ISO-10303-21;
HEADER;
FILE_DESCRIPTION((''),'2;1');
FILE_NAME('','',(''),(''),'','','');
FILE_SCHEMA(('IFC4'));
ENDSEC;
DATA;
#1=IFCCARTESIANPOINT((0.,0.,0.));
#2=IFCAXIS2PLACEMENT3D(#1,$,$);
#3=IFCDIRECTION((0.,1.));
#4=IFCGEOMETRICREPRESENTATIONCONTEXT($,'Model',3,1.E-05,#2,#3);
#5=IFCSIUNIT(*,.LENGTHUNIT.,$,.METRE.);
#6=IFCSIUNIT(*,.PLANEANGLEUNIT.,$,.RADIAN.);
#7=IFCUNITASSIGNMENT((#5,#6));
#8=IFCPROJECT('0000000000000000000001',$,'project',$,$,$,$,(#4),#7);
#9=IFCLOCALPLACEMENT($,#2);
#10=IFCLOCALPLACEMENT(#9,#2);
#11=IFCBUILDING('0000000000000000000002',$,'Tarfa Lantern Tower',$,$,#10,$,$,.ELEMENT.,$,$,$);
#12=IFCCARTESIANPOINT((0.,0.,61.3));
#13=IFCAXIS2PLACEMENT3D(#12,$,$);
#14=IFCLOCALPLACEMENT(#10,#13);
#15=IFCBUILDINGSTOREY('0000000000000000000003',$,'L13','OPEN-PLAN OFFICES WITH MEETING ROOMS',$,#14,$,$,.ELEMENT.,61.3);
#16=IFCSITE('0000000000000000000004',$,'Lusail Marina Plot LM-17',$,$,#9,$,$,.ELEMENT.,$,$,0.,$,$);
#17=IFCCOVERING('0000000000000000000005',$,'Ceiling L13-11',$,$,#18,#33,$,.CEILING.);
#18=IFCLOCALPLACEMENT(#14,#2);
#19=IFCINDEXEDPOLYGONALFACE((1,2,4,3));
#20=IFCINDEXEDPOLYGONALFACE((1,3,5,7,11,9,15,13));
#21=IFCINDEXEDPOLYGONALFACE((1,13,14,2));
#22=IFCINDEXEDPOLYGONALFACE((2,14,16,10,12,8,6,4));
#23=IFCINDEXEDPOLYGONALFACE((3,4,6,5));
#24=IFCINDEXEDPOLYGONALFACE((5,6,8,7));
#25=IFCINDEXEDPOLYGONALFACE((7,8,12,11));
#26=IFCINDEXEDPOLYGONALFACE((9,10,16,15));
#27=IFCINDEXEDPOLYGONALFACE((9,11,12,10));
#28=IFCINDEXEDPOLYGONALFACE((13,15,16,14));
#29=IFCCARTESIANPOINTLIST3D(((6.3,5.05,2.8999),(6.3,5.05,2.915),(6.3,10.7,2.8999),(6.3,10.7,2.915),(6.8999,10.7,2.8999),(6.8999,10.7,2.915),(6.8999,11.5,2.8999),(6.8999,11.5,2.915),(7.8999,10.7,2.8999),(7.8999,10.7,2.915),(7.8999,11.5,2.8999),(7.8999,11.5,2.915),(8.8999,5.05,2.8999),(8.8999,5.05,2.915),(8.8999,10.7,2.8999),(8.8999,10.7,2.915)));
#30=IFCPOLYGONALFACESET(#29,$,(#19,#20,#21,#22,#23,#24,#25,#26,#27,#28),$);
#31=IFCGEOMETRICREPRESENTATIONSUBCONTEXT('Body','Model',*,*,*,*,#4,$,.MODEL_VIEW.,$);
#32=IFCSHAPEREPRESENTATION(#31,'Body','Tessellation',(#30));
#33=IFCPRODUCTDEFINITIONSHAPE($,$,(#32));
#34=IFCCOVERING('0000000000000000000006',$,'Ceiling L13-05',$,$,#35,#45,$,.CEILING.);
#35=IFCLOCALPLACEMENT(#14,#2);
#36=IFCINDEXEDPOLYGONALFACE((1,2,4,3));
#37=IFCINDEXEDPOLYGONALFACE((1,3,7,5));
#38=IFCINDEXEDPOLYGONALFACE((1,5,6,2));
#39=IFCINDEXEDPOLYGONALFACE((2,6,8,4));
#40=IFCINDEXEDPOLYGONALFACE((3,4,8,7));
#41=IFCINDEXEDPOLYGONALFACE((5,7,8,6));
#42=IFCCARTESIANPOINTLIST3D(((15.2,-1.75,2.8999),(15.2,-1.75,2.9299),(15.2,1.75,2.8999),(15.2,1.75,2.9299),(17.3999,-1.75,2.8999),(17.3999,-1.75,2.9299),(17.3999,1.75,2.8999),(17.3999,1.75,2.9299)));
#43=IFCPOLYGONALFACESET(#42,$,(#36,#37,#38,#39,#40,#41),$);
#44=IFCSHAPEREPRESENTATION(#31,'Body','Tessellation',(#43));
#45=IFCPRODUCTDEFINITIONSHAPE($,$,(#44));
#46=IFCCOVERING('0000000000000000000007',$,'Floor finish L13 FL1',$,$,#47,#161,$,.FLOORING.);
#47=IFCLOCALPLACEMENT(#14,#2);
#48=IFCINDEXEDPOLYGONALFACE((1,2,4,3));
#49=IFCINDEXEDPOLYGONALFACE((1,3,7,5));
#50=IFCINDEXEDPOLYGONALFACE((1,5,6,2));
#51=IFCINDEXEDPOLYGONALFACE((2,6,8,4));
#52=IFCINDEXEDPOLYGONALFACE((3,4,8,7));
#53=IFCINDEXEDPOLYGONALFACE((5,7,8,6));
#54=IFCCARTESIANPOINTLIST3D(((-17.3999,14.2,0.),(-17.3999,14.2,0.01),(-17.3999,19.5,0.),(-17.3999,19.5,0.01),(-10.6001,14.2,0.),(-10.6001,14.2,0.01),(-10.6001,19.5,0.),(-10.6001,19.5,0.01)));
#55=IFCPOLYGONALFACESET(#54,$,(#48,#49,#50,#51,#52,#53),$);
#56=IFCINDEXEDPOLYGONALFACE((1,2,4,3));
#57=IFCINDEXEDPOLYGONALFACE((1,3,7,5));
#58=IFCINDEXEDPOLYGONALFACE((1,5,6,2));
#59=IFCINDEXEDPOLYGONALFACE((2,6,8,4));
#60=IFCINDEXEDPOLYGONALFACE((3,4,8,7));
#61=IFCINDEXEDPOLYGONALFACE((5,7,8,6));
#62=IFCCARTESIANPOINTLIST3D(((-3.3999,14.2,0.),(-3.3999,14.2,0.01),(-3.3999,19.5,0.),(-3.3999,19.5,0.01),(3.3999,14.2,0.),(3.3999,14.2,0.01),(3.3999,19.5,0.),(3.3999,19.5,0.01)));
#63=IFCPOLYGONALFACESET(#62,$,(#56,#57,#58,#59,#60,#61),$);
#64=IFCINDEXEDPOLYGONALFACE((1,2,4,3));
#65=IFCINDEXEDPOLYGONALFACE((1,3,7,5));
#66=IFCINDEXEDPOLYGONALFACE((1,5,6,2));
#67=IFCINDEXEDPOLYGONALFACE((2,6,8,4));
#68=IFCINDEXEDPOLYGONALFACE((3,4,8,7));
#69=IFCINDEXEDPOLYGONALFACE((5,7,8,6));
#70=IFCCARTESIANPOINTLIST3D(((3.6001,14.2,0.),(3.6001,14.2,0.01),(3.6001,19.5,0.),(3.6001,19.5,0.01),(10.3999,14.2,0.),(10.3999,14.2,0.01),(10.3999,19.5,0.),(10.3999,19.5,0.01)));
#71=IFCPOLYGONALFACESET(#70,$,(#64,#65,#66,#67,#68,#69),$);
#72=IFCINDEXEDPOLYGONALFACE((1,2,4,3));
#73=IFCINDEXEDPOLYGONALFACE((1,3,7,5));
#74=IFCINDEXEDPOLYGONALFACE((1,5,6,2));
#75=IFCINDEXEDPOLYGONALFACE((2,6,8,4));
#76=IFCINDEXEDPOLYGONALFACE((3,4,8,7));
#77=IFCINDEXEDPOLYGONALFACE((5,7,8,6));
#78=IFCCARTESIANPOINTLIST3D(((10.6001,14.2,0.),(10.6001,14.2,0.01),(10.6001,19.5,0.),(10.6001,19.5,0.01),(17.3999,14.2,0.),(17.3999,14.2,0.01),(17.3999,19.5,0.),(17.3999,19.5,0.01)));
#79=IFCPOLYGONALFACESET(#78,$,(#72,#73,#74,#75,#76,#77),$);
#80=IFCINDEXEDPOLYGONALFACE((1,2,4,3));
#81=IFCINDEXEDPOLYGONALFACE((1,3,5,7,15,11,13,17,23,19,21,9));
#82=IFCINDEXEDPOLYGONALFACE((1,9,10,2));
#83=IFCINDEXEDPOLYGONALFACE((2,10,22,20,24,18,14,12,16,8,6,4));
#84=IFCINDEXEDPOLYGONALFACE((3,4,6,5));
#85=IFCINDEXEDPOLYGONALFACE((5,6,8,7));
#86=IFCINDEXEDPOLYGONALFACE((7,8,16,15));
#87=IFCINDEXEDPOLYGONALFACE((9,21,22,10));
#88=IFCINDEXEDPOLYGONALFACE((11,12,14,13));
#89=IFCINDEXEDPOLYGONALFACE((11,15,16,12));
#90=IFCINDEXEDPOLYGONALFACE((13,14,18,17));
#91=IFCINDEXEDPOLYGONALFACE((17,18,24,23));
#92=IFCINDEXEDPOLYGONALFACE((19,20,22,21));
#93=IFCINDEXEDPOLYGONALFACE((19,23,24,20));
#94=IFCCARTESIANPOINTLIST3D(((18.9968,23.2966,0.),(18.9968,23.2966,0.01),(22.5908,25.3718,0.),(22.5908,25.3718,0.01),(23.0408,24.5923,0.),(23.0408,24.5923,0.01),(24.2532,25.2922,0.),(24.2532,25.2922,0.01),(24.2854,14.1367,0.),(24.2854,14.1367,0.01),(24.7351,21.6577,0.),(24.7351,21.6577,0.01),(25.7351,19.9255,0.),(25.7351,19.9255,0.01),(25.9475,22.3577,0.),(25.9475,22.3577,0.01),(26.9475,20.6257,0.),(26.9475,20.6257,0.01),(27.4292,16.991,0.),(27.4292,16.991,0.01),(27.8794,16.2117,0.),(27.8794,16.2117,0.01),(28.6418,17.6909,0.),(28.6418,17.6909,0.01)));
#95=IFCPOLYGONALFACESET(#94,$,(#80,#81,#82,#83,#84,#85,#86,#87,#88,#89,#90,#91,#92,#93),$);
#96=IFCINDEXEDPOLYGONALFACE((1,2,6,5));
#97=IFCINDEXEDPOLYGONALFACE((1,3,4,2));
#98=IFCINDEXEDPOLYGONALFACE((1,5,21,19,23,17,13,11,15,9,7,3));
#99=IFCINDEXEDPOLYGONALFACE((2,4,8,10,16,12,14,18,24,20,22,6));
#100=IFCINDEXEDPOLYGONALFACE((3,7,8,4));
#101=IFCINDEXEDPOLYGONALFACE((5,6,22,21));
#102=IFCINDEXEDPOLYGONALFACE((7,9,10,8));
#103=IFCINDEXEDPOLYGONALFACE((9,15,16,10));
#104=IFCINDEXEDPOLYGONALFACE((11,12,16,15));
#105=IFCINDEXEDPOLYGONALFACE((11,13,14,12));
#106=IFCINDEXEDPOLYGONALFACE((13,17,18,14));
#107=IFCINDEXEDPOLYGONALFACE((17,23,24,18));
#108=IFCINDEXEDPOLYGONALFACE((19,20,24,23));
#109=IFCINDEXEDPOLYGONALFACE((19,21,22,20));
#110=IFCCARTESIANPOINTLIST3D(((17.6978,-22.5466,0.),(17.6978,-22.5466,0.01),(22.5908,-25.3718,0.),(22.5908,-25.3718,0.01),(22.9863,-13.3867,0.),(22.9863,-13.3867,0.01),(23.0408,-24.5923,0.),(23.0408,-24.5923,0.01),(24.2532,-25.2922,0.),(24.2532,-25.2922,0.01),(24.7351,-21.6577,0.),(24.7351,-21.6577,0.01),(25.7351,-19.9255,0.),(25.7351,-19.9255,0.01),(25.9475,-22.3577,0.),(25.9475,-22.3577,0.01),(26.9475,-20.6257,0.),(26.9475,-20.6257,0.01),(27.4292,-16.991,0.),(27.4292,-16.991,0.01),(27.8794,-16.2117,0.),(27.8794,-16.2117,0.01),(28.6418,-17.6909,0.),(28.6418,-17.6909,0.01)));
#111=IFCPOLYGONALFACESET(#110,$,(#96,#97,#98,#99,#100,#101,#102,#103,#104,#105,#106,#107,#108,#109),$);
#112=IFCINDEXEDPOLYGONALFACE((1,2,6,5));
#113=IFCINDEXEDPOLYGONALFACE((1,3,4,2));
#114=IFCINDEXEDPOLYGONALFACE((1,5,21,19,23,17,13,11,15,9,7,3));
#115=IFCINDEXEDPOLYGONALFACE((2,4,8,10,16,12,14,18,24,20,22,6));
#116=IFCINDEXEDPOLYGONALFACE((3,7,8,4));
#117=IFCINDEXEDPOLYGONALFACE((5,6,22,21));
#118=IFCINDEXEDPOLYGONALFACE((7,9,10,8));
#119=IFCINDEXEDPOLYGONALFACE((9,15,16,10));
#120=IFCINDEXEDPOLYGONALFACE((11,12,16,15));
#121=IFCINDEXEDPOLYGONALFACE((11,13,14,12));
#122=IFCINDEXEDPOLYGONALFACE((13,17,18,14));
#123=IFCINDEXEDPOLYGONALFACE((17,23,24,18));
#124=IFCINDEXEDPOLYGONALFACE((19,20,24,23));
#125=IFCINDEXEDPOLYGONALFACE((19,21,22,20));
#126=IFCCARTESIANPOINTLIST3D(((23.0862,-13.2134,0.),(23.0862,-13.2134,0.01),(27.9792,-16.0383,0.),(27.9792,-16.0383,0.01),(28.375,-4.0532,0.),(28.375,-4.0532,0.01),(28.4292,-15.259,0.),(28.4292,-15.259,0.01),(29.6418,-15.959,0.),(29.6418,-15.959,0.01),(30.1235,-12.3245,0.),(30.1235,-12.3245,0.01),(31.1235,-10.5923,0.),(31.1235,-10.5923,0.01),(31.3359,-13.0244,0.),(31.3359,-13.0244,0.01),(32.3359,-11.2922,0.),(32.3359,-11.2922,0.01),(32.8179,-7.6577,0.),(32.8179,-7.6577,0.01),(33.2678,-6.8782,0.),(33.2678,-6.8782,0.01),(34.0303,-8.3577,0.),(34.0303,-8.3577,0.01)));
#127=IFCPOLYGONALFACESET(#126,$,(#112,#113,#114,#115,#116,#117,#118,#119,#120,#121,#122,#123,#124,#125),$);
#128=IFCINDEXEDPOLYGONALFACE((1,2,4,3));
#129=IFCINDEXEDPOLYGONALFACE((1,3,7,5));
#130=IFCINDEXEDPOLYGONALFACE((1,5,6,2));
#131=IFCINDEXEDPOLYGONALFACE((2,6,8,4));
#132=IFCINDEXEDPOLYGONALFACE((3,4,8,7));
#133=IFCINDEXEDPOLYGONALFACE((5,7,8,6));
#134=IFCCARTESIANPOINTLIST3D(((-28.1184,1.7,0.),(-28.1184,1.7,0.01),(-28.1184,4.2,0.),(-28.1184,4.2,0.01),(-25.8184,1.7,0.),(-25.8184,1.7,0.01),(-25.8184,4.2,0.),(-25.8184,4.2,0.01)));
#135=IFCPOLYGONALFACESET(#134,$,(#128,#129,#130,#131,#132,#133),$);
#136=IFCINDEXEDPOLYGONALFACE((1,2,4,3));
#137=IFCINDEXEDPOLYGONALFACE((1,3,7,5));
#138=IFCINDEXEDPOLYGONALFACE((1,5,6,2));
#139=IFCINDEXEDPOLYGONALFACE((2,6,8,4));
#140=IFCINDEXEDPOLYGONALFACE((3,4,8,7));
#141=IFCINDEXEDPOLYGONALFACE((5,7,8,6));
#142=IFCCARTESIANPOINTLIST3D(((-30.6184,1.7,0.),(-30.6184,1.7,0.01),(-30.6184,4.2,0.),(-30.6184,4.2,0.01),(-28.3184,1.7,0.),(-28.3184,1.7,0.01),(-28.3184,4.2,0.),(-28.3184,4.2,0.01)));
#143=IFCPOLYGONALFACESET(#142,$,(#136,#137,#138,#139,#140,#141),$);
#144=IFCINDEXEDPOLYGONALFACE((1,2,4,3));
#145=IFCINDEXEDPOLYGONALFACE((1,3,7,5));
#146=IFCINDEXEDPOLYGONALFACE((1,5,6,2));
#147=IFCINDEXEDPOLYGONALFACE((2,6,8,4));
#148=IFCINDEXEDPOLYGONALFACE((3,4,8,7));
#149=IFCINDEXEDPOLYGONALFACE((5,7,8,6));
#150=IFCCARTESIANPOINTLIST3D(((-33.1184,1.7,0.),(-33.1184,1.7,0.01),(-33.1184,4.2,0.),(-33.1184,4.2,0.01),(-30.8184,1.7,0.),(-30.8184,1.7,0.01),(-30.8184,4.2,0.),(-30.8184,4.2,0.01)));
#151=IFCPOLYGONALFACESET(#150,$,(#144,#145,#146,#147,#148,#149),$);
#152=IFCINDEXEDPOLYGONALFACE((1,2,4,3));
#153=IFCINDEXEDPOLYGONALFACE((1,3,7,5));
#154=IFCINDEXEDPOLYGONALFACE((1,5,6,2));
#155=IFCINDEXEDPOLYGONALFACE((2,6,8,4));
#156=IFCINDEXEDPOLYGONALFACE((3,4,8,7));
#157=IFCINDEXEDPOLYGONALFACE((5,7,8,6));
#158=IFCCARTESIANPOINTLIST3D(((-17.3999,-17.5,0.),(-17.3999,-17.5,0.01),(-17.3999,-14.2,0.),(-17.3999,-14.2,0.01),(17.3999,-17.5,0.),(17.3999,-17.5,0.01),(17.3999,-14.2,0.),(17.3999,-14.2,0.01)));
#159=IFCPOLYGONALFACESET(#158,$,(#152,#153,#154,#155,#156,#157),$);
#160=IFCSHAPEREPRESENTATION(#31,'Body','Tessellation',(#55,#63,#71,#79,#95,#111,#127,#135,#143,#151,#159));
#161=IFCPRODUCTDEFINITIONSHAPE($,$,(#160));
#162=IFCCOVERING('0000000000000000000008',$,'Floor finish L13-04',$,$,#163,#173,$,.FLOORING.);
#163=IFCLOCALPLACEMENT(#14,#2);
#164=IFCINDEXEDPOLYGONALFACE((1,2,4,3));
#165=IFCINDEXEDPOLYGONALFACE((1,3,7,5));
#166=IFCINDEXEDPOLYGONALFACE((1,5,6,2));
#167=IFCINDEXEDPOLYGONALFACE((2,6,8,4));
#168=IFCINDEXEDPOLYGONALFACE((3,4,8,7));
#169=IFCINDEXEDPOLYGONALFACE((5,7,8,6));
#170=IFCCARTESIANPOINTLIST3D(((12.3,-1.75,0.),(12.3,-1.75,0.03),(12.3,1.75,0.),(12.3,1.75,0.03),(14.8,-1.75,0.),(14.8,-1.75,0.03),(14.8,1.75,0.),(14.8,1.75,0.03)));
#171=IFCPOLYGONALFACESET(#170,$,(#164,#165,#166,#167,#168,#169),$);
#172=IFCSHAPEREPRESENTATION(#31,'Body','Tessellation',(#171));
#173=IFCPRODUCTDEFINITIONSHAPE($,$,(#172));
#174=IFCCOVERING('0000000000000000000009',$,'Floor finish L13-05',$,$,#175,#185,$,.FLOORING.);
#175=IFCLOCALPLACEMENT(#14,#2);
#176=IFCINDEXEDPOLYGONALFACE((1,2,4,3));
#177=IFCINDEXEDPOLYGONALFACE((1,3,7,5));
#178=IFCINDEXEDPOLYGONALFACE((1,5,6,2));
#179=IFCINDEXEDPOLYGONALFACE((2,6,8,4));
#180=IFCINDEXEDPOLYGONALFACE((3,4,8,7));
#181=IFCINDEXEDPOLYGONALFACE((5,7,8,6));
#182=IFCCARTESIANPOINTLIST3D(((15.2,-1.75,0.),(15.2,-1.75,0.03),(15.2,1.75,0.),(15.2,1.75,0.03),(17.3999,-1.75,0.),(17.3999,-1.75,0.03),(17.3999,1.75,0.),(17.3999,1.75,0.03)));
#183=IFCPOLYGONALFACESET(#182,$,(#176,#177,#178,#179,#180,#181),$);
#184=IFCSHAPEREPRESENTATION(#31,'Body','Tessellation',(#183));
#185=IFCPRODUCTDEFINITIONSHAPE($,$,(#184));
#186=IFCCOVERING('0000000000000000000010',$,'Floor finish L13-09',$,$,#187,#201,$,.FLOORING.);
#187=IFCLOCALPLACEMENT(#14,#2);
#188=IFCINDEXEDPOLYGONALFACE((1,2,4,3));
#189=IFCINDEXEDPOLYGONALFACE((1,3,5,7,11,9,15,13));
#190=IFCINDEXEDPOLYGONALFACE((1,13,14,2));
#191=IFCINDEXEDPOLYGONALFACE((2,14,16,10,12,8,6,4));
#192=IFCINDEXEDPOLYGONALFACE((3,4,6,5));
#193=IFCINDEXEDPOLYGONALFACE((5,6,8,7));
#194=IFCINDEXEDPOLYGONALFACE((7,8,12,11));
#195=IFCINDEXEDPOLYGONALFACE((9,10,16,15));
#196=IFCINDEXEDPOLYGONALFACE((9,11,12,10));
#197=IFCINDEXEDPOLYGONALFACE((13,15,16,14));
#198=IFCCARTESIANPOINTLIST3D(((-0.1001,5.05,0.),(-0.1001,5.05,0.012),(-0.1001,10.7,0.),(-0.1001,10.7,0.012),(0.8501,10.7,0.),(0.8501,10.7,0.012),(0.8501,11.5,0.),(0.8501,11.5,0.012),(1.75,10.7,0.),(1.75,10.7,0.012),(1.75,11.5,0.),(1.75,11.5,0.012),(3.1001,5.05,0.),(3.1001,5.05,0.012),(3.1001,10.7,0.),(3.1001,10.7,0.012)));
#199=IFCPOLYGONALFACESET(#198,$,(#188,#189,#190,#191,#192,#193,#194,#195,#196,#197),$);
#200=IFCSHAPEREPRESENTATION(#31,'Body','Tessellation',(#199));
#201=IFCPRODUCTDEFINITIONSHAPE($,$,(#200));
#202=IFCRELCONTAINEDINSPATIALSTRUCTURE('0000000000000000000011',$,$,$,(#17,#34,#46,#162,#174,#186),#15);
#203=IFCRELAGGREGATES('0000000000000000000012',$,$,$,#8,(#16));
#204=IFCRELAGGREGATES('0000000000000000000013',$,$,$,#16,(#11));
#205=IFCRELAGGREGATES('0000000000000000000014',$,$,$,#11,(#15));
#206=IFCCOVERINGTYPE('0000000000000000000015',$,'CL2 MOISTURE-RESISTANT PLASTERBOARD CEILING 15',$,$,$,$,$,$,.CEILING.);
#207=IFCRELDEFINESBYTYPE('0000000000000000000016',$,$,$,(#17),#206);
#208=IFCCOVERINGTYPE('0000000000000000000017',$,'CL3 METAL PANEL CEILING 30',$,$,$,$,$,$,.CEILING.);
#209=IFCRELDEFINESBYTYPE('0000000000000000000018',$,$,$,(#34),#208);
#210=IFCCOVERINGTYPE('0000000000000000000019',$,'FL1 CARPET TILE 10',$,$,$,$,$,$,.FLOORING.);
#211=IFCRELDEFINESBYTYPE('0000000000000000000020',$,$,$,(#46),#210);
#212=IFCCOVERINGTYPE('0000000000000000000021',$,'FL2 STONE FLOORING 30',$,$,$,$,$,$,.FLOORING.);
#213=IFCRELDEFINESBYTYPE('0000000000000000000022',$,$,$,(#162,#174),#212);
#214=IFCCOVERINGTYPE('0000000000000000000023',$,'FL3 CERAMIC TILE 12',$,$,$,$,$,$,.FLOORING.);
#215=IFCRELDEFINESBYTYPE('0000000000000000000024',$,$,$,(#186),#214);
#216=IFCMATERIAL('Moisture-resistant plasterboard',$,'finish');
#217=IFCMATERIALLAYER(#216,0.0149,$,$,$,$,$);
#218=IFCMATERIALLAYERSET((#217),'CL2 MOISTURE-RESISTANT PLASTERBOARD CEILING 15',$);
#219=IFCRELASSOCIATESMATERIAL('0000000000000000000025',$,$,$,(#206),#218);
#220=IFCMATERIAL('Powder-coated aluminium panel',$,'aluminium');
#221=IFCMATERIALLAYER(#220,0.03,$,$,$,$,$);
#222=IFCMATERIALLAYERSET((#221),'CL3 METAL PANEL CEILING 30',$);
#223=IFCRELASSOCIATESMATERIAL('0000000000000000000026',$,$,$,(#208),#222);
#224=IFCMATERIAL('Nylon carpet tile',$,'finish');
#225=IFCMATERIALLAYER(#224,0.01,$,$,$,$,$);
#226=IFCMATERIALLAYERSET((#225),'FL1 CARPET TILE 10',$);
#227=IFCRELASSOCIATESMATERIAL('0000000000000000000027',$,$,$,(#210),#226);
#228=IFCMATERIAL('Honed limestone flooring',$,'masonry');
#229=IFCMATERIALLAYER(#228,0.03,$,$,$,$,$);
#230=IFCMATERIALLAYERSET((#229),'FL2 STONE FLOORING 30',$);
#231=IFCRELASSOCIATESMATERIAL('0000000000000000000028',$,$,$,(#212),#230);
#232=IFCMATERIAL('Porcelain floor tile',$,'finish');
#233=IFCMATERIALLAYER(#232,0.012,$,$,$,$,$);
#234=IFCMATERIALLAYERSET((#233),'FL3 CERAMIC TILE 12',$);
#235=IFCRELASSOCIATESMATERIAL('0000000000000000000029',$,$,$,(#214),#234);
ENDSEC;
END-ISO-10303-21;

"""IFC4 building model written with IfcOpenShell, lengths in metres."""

from ifc_helpers import new_model, si_unit, direction, frame, origin, place, context, subcontext, project, spatial, polyline, outline, extrude, material, layer, layer_set, type_object, element, save


model = new_model("IFC4")

# Units and contexts
model_context = context("Model", 3, precision=1e-05, world=origin(), true_north=direction((0.0, 1.0)))
body_context = subcontext(model_context, "Body", "Model", "MODEL_VIEW")
ifc_project = project(units=[si_unit("LENGTHUNIT", "METRE"), si_unit("PLANEANGLEUNIT", "RADIAN")], contexts=[model_context])

# Site, building, storey
site_placement = place(None, origin())
site = spatial("IfcSite", under=ifc_project, at=site_placement, Name="Lusail Marina Plot LM-17", CompositionType="ELEMENT", RefElevation=0.0)
building_placement = place(site_placement, origin())
building = spatial("IfcBuilding", under=site, at=building_placement, Name="Tarfa Lantern Tower", CompositionType="ELEMENT")
storey_placement = place(building_placement, frame((0.0, 0.0, 61.3)))
storey = spatial("IfcBuildingStorey", under=building, at=storey_placement, Name="L13", Description="OPEN-PLAN OFFICES WITH MEETING ROOMS", CompositionType="ELEMENT", Elevation=61.3)

# Coverings
ifc_material_1 = material(Name="Moisture-resistant plasterboard", Category="finish")
ifc_layer_1 = layer(ifc_material_1, 0.0149)
ifc_layer_set_1 = layer_set([ifc_layer_1], Name="CL2 MOISTURE-RESISTANT PLASTERBOARD CEILING 15")
covering_type_1 = type_object("IfcCoveringType", Name="CL2 MOISTURE-RESISTANT PLASTERBOARD CEILING 15", PredefinedType="CEILING", material=ifc_layer_set_1)
covering_1_placement = place(storey_placement, frame((0.0, 0.0, 2.8999)))
element("IfcCovering", 1, at=covering_1_placement, inside=storey, type_object=covering_type_1, Name="Ceiling L13-11", PredefinedType="CEILING", context=body_context, shape_type="SweptSolid", body=[
    extrude(outline(polyline([(6.3, 5.05), (8.8999, 5.05), (8.8999, 10.7), (7.8999, 10.7), (7.8999, 11.5), (6.8999, 11.5), (6.8999, 10.7), (6.3, 10.7), (6.3, 5.05)])), origin(), (0.0, 0.0, 1.0), 0.0151),
])
ifc_material_2 = material(Name="Powder-coated aluminium panel", Category="aluminium")
ifc_layer_2 = layer(ifc_material_2, 0.03)
ifc_layer_set_2 = layer_set([ifc_layer_2], Name="CL3 METAL PANEL CEILING 30")
covering_type_2 = type_object("IfcCoveringType", Name="CL3 METAL PANEL CEILING 30", PredefinedType="CEILING", material=ifc_layer_set_2)
covering_2_placement = place(storey_placement, frame((0.0, 0.0, 2.8999)))
element("IfcCovering", 2, at=covering_2_placement, inside=storey, type_object=covering_type_2, Name="Ceiling L13-05", PredefinedType="CEILING", context=body_context, shape_type="SweptSolid", body=[
    extrude(outline(polyline([(15.2, -1.75), (17.3999, -1.75), (17.3999, 1.75), (15.2, 1.75), (15.2, -1.75)])), origin(), (0.0, 0.0, 1.0), 0.03),
])
ifc_material_3 = material(Name="Nylon carpet tile", Category="finish")
ifc_layer_3 = layer(ifc_material_3, 0.01)
ifc_layer_set_3 = layer_set([ifc_layer_3], Name="FL1 CARPET TILE 10")
covering_type_3 = type_object("IfcCoveringType", Name="FL1 CARPET TILE 10", PredefinedType="FLOORING", material=ifc_layer_set_3)
covering_3_placement = place(storey_placement, origin())
element("IfcCovering", 3, at=covering_3_placement, inside=storey, type_object=covering_type_3, Name="Floor finish L13 FL1", PredefinedType="FLOORING", context=body_context, shape_type="SweptSolid", body=[
    extrude(outline(polyline([(-17.3999, 19.5), (-10.6001, 19.5), (-10.6001, 14.2), (-17.3999, 14.2), (-17.3999, 19.5)])), origin(), (0.0, 0.0, 1.0), 0.01),
    extrude(outline(polyline([(-3.3999, 19.5), (3.3999, 19.5), (3.3999, 14.2), (-3.3999, 14.2), (-3.3999, 19.5)])), origin(), (0.0, 0.0, 1.0), 0.01),
    extrude(outline(polyline([(3.6001, 19.5), (10.3999, 19.5), (10.3999, 14.2), (3.6001, 14.2), (3.6001, 19.5)])), origin(), (0.0, 0.0, 1.0), 0.01),
    extrude(outline(polyline([(10.6001, 19.5), (17.3999, 19.5), (17.3999, 14.2), (10.6001, 14.2), (10.6001, 19.5)])), origin(), (0.0, 0.0, 1.0), 0.01),
    extrude(outline(polyline([(18.9968, 23.2966), (22.5908, 25.3718), (23.0408, 24.5923), (24.2532, 25.2922), (25.9475, 22.3577), (24.7351, 21.6577), (25.7351, 19.9255), (26.9475, 20.6257), (28.6418, 17.6909), (27.4292, 16.991), (27.8794, 16.2117), (24.2854, 14.1367), (18.9968, 23.2966)])), origin(), (0.0, 0.0, 1.0), 0.01),
    extrude(outline(polyline([(22.9863, -13.3867), (27.8794, -16.2117), (27.4292, -16.991), (28.6418, -17.6909), (26.9475, -20.6257), (25.7351, -19.9255), (24.7351, -21.6577), (25.9475, -22.3577), (24.2532, -25.2922), (23.0408, -24.5923), (22.5908, -25.3718), (17.6978, -22.5466), (22.9863, -13.3867)])), origin(), (0.0, 0.0, 1.0), 0.01),
    extrude(outline(polyline([(28.375, -4.0532), (33.2678, -6.8782), (32.8179, -7.6577), (34.0303, -8.3577), (32.3359, -11.2922), (31.1235, -10.5923), (30.1235, -12.3245), (31.3359, -13.0244), (29.6418, -15.959), (28.4292, -15.259), (27.9792, -16.0383), (23.0862, -13.2134), (28.375, -4.0532)])), origin(), (0.0, 0.0, 1.0), 0.01),
    extrude(outline(polyline([(-28.1184, 4.2), (-25.8184, 4.2), (-25.8184, 1.7), (-28.1184, 1.7), (-28.1184, 4.2)])), origin(), (0.0, 0.0, 1.0), 0.01),
    extrude(outline(polyline([(-30.6184, 4.2), (-28.3184, 4.2), (-28.3184, 1.7), (-30.6184, 1.7), (-30.6184, 4.2)])), origin(), (0.0, 0.0, 1.0), 0.01),
    extrude(outline(polyline([(-33.1184, 4.2), (-30.8184, 4.2), (-30.8184, 1.7), (-33.1184, 1.7), (-33.1184, 4.2)])), origin(), (0.0, 0.0, 1.0), 0.01),
    extrude(outline(polyline([(-17.3999, -14.2), (17.3999, -14.2), (17.3999, -17.5), (-17.3999, -17.5), (-17.3999, -14.2)])), origin(), (0.0, 0.0, 1.0), 0.01),
])
ifc_material_4 = material(Name="Honed limestone flooring", Category="masonry")
ifc_layer_4 = layer(ifc_material_4, 0.03)
ifc_layer_set_4 = layer_set([ifc_layer_4], Name="FL2 STONE FLOORING 30")
covering_type_4 = type_object("IfcCoveringType", Name="FL2 STONE FLOORING 30", PredefinedType="FLOORING", material=ifc_layer_set_4)
covering_4_placement = place(storey_placement, origin())
element("IfcCovering", 4, at=covering_4_placement, inside=storey, type_object=covering_type_4, Name="Floor finish L13-04", PredefinedType="FLOORING", context=body_context, shape_type="SweptSolid", body=[
    extrude(outline(polyline([(12.3, -1.75), (14.8, -1.75), (14.8, 1.75), (12.3, 1.75), (12.3, -1.75)])), origin(), (0.0, 0.0, 1.0), 0.03),
])
covering_5_placement = place(storey_placement, origin())
element("IfcCovering", 5, at=covering_5_placement, inside=storey, type_object=covering_type_4, Name="Floor finish L13-05", PredefinedType="FLOORING", context=body_context, shape_type="SweptSolid", body=[
    extrude(outline(polyline([(15.2, -1.75), (17.3999, -1.75), (17.3999, 1.75), (15.2, 1.75), (15.2, -1.75)])), origin(), (0.0, 0.0, 1.0), 0.03),
])
ifc_material_5 = material(Name="Porcelain floor tile", Category="finish")
ifc_layer_5 = layer(ifc_material_5, 0.012)
ifc_layer_set_5 = layer_set([ifc_layer_5], Name="FL3 CERAMIC TILE 12")
covering_type_5 = type_object("IfcCoveringType", Name="FL3 CERAMIC TILE 12", PredefinedType="FLOORING", material=ifc_layer_set_5)
covering_6_placement = place(storey_placement, origin())
element("IfcCovering", 6, at=covering_6_placement, inside=storey, type_object=covering_type_5, Name="Floor finish L13-09", PredefinedType="FLOORING", context=body_context, shape_type="SweptSolid", body=[
    extrude(outline(polyline([(0.8501, 10.7), (-0.1001, 10.7), (-0.1001, 5.05), (3.1001, 5.05), (3.1001, 10.7), (1.75, 10.7), (1.75, 11.5), (0.8501, 11.5), (0.8501, 10.7)])), origin(), (0.0, 0.0, 1.0), 0.012),
])

save(model, "model.ifc")
